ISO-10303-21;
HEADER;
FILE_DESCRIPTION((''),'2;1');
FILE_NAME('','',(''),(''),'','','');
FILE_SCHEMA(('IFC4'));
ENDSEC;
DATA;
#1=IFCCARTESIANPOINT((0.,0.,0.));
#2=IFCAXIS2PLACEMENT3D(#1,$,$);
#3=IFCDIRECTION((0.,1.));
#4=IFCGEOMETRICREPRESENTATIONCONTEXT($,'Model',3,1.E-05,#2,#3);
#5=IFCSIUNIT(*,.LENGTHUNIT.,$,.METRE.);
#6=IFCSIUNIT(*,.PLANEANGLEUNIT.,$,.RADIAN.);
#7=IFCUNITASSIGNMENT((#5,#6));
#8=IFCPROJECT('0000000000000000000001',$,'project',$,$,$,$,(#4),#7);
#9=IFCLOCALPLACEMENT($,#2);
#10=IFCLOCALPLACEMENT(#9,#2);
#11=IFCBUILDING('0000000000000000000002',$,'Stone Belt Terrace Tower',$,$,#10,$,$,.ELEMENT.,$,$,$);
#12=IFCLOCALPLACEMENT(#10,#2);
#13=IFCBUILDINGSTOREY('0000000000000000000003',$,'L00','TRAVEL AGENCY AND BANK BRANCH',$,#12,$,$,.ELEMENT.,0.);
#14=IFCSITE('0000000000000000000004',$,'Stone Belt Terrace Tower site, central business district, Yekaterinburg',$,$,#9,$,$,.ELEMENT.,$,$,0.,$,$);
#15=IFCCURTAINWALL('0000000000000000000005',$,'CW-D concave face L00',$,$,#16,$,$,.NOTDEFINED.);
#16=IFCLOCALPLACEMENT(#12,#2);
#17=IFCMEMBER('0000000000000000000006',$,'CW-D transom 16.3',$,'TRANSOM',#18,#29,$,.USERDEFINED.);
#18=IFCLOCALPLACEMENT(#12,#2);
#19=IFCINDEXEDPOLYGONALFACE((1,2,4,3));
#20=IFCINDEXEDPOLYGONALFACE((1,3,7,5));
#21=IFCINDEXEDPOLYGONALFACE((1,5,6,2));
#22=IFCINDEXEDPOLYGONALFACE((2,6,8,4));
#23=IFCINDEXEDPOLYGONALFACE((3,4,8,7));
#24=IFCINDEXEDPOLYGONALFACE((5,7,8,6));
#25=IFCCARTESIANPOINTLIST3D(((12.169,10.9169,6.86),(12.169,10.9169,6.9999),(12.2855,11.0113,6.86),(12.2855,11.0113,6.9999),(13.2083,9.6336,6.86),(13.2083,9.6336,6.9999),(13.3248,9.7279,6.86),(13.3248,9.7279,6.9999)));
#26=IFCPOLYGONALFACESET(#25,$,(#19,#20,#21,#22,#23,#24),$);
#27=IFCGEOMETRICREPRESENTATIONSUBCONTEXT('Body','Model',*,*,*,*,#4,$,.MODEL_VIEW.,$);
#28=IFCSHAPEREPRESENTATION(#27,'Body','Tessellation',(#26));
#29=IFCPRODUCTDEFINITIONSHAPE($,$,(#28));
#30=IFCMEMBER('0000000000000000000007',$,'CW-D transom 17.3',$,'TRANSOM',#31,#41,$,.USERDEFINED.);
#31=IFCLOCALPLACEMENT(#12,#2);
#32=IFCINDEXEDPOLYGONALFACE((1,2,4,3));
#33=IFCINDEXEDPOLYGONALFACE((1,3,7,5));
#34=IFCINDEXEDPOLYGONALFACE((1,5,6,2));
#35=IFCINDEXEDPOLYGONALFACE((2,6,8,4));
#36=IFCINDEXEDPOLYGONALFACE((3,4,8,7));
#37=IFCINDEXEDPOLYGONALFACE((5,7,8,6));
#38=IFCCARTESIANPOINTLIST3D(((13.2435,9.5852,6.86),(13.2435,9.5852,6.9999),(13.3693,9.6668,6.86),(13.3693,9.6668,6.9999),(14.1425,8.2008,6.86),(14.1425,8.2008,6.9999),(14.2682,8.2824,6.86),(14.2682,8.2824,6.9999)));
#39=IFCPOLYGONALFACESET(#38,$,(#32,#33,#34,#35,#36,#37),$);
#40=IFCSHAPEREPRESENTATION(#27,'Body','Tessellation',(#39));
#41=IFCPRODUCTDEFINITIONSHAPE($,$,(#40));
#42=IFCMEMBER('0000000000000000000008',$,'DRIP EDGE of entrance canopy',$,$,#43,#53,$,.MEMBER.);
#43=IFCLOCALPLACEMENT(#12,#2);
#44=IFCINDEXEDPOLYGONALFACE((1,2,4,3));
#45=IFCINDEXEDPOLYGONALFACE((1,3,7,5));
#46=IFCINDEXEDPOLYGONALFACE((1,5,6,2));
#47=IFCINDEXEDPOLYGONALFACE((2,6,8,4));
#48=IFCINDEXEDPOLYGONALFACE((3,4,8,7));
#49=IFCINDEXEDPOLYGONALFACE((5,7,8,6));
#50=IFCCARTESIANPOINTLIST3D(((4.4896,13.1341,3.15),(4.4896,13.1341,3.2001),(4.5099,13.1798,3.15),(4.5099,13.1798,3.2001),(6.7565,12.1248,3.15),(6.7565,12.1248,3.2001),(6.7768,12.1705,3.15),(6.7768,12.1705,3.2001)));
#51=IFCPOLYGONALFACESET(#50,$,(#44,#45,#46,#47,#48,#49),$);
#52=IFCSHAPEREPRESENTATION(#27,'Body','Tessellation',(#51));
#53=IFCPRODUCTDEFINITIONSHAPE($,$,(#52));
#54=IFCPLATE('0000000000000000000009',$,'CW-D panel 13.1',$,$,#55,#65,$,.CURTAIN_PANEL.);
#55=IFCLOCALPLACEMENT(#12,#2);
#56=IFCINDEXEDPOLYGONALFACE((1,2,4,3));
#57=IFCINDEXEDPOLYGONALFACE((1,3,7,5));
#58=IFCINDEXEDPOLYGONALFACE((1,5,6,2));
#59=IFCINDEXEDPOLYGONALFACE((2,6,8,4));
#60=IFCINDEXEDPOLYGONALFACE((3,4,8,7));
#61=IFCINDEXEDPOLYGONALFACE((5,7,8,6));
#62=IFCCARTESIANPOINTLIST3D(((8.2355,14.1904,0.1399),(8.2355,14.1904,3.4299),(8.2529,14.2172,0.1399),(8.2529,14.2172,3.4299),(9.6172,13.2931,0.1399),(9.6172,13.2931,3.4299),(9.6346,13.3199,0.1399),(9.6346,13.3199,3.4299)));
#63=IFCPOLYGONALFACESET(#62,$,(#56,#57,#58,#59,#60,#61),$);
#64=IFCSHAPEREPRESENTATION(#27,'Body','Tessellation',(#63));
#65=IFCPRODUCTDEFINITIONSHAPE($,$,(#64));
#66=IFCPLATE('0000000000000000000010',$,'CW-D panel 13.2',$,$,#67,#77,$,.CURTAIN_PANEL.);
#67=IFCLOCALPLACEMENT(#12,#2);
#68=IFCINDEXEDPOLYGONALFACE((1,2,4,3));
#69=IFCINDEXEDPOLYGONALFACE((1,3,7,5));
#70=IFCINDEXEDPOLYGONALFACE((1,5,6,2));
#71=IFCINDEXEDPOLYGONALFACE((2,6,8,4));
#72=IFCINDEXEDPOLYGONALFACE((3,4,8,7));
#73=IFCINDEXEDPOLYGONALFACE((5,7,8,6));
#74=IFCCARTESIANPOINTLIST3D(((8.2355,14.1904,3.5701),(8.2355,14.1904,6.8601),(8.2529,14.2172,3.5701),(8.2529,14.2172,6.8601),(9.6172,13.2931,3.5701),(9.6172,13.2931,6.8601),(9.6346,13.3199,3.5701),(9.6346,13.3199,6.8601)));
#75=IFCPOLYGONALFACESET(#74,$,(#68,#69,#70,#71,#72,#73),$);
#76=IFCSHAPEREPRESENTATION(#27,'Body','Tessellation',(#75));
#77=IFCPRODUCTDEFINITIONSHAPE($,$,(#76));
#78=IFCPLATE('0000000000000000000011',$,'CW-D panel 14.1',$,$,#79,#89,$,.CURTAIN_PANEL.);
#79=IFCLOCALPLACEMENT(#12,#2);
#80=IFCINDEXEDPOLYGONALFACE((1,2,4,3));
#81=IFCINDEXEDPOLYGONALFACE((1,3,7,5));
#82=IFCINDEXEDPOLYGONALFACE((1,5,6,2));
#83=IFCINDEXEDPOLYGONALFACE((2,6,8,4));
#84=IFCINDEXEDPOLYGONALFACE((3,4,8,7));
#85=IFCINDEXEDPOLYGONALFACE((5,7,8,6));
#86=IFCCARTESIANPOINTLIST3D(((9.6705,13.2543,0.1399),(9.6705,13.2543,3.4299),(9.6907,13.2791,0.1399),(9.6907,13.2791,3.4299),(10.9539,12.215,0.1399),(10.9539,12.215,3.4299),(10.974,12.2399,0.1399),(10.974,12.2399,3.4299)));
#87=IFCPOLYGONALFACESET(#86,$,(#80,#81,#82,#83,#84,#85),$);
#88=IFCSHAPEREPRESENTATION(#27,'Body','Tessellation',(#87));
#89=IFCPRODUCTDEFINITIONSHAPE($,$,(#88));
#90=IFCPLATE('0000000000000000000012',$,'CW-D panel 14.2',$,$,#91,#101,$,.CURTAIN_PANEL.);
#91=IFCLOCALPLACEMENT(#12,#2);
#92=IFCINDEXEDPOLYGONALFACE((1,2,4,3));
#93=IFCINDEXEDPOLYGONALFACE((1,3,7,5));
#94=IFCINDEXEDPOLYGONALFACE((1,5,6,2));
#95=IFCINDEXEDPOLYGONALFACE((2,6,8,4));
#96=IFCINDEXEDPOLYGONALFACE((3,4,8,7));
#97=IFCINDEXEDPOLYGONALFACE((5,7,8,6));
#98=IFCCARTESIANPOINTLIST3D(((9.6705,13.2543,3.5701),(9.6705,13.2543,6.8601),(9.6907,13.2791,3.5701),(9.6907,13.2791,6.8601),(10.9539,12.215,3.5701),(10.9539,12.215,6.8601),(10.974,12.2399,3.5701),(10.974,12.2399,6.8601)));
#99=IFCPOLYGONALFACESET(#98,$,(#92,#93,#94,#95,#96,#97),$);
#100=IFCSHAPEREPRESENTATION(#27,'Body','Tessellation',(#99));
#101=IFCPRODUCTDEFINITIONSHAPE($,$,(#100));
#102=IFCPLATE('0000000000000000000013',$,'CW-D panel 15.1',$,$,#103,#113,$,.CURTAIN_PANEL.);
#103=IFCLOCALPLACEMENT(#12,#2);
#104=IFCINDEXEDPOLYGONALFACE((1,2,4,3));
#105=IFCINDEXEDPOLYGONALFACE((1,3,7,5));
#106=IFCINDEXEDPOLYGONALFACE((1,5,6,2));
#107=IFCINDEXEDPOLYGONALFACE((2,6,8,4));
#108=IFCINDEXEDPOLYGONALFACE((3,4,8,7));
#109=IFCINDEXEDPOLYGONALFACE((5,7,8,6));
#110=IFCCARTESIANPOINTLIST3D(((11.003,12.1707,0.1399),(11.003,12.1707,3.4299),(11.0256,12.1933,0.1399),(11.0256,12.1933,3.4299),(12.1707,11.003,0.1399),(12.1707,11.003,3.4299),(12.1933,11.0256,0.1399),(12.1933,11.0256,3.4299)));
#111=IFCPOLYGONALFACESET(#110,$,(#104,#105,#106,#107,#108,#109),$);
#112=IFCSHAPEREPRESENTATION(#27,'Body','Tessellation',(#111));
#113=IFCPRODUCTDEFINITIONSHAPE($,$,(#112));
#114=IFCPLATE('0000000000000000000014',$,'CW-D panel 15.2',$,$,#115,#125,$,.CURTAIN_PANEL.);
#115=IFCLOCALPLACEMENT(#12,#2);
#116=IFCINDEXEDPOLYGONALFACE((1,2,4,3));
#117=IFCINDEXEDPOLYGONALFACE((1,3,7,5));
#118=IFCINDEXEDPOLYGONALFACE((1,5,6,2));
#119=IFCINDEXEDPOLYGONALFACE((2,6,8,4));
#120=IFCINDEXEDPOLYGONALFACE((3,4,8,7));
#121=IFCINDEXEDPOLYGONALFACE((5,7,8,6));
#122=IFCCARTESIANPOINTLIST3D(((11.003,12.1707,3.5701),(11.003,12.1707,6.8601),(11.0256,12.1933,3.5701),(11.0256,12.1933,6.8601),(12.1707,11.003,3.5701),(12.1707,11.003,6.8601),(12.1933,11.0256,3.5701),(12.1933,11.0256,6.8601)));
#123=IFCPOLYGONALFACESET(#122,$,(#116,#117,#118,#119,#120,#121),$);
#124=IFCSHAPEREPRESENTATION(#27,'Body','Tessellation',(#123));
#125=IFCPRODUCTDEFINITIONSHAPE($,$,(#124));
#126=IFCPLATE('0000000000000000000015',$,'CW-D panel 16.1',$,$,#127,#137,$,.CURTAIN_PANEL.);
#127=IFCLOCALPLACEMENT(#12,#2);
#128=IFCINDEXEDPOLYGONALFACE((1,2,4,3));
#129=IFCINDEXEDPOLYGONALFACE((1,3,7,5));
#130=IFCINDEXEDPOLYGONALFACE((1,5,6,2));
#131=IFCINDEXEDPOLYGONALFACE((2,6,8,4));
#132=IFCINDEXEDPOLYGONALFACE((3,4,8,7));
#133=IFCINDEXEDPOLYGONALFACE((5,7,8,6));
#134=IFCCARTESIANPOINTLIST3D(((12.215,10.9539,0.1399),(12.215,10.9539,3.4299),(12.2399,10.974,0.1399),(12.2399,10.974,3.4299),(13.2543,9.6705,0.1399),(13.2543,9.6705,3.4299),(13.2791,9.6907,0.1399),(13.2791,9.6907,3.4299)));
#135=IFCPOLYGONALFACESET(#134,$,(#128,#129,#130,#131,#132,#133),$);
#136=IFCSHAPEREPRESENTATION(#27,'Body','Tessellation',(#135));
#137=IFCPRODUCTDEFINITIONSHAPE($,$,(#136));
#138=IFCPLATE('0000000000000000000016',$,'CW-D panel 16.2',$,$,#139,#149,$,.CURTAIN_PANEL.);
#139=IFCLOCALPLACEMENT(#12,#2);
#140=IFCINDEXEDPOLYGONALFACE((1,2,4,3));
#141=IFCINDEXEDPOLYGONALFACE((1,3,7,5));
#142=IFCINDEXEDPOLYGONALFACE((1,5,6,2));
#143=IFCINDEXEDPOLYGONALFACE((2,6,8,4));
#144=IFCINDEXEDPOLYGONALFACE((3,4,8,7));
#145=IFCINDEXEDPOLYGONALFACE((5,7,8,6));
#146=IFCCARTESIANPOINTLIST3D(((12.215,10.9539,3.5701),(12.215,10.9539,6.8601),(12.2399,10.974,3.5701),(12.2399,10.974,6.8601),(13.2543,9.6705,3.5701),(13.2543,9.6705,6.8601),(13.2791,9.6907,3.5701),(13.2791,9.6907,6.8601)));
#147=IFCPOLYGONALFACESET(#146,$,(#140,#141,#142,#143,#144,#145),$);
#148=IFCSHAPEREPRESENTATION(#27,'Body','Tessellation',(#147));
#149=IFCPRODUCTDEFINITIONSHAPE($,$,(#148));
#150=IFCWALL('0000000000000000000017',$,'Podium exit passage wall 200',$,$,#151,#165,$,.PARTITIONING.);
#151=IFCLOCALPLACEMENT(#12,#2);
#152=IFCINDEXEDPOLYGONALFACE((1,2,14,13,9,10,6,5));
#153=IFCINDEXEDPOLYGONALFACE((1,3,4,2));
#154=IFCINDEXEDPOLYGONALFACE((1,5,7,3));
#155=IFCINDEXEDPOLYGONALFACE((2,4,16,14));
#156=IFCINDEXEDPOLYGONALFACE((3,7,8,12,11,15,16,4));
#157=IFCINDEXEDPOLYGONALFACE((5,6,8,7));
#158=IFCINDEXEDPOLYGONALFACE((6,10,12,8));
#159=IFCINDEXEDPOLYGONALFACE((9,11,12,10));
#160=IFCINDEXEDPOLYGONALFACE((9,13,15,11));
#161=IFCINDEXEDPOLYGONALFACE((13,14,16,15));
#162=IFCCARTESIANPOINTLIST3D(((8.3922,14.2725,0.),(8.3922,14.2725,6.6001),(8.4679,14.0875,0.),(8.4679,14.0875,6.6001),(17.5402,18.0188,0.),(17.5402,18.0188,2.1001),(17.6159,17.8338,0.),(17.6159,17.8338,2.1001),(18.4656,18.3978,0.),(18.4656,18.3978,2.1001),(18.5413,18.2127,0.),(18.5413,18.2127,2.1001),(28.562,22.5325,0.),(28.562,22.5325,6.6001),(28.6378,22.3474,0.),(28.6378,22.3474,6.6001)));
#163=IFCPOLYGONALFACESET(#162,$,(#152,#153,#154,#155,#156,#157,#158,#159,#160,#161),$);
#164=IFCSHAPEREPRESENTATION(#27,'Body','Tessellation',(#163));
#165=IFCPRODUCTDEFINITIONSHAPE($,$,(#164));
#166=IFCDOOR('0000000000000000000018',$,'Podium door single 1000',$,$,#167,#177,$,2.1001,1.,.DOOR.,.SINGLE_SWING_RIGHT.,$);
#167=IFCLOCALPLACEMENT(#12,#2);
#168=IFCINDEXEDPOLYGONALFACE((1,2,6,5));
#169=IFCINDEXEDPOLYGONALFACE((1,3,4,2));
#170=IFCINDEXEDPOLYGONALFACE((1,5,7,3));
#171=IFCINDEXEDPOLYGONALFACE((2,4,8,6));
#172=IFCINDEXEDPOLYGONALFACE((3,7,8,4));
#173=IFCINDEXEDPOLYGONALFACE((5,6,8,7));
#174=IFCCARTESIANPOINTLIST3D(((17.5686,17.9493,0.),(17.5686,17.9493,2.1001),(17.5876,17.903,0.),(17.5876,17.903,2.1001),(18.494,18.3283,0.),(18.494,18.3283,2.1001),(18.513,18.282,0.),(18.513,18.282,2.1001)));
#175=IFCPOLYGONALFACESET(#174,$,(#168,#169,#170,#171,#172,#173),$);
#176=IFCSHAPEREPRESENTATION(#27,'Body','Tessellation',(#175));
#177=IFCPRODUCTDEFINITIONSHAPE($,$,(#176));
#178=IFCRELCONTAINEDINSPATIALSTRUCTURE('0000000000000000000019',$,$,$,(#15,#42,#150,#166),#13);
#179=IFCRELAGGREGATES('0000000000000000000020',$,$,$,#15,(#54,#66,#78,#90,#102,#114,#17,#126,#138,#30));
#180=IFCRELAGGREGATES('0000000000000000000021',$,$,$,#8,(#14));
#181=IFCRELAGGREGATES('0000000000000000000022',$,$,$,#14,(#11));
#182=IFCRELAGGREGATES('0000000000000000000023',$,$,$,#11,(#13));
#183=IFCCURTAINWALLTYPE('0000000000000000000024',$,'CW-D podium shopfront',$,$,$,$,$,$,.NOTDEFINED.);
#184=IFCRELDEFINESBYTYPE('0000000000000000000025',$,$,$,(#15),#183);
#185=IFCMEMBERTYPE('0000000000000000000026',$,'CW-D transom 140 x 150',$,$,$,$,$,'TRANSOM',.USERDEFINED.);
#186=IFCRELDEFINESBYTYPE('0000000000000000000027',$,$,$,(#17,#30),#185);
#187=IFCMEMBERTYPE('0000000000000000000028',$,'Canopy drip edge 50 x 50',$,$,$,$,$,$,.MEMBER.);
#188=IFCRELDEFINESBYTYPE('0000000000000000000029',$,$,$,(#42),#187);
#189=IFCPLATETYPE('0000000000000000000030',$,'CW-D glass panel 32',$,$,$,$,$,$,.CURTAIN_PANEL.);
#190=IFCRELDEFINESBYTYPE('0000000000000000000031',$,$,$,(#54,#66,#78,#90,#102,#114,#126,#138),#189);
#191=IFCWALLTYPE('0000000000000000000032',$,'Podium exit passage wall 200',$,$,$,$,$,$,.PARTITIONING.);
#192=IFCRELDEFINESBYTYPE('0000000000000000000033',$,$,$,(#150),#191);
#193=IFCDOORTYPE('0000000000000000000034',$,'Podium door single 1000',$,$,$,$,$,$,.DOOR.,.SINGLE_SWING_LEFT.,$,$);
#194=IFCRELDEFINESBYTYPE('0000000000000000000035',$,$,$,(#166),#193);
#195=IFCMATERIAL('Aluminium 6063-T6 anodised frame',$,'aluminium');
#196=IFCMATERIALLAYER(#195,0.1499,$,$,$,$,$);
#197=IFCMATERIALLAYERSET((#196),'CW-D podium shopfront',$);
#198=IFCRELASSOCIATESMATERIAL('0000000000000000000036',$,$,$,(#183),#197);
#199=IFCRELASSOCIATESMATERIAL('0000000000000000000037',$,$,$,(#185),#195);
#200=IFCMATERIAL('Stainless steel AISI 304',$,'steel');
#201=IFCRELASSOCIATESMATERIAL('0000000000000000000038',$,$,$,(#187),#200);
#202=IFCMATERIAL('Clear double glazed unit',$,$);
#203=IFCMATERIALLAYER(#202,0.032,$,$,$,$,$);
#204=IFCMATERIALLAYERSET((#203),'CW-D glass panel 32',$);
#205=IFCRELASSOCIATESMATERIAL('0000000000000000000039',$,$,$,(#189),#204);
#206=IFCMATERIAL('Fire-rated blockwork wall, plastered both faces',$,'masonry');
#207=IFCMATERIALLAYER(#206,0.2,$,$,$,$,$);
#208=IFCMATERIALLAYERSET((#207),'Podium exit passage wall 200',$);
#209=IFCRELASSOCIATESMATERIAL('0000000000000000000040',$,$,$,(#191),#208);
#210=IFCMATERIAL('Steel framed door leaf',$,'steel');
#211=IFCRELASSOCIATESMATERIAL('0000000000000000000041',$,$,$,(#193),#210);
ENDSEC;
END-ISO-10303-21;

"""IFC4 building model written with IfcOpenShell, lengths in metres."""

from ifc_helpers import new_model, si_unit, direction, frame, frame_2d, origin, origin_2d, place, context, subcontext, project, spatial, rectangle, extrude, material, layer, layer_set, material_profile, profile_set, type_object, element, fill, aggregate, save


model = new_model("IFC4")

# Units and contexts
model_context = context("Model", 3, precision=1e-05, world=origin(), true_north=direction((0.0, 1.0)))
body_context = subcontext(model_context, "Body", "Model", "MODEL_VIEW")
ifc_project = project(units=[si_unit("LENGTHUNIT", "METRE"), si_unit("PLANEANGLEUNIT", "RADIAN")], contexts=[model_context])

# Site, building, storey
site_placement = place(None, origin())
site = spatial("IfcSite", under=ifc_project, at=site_placement, Name="Stone Belt Terrace Tower site, central business district, Yekaterinburg", CompositionType="ELEMENT", RefElevation=0.0)
building_placement = place(site_placement, origin())
building = spatial("IfcBuilding", under=site, at=building_placement, Name="Stone Belt Terrace Tower", CompositionType="ELEMENT")
storey_placement = place(building_placement, origin())
storey = spatial("IfcBuildingStorey", under=building, at=storey_placement, Name="L00", Description="TRAVEL AGENCY AND BANK BRANCH", CompositionType="ELEMENT", Elevation=0.0)

# Curtain wall, members
ifc_material_1 = material(Name="Aluminium 6063-T6 anodised frame", Category="aluminium")
ifc_layer_1 = layer(ifc_material_1, 0.1499)
ifc_layer_set_1 = layer_set([ifc_layer_1], Name="CW-D podium shopfront")
curtain_wall_type = type_object("IfcCurtainWallType", Name="CW-D podium shopfront", PredefinedType="NOTDEFINED", material=ifc_layer_set_1)
curtain_wall_placement = place(storey_placement, origin())
curtain_wall = element("IfcCurtainWall", 1, at=curtain_wall_placement, inside=storey, type_object=curtain_wall_type, Name="CW-D concave face L00", PredefinedType="NOTDEFINED")
ifc_material_profile_1 = material_profile(ifc_material_1, rectangle(XDim=0.1499, YDim=0.1399, at=origin_2d()), Name="Aluminium 6063-T6 150x140")
ifc_profile_set_1 = profile_set([ifc_material_profile_1], Name="Aluminium 6063-T6 anodised frame")
member_type_1 = type_object("IfcMemberType", Name="CW-D transom 140 x 150", ElementType="TRANSOM", PredefinedType="USERDEFINED", material=ifc_profile_set_1)
member_1_placement = place(storey_placement, frame((12.2273, 10.9641, 6.9299), z_axis=(0.629317, -0.777148, 0.0), x_axis=(0.777148, 0.629317, 0.0)))
member_1 = element("IfcMember", 2, at=member_1_placement, type_object=member_type_1, Name="CW-D transom 16.3", ObjectType="TRANSOM", PredefinedType="USERDEFINED", context=body_context, shape_type="SweptSolid", body=[
    extrude(rectangle(XDim=0.1499, YDim=0.1399, at=origin_2d()), origin(), (0.0, 0.0, 1.0), 1.6514),
])
member_2_placement = place(storey_placement, frame((13.3064, 9.626, 6.9299), z_axis=(0.544624, -0.83868, 0.0), x_axis=(0.83868, 0.544624, 0.0)))
member_2 = element("IfcMember", 3, at=member_2_placement, type_object=member_type_1, Name="CW-D transom 17.3", ObjectType="TRANSOM", PredefinedType="USERDEFINED", context=body_context, shape_type="SweptSolid", body=[
    extrude(rectangle(XDim=0.1499, YDim=0.1399, at=origin_2d()), origin(), (0.0, 0.0, 1.0), 1.6506),
])

# Member
ifc_material_2 = material(Name="Stainless steel AISI 304", Category="steel")
ifc_material_profile_2 = material_profile(ifc_material_2, rectangle(XDim=0.05, YDim=0.05, at=origin_2d()), Name="Stainless steel AISI 304 50x50")
ifc_profile_set_2 = profile_set([ifc_material_profile_2], Name="Stainless steel AISI 304")
member_type_2 = type_object("IfcMemberType", Name="Canopy drip edge 50 x 50", PredefinedType="MEMBER", material=ifc_profile_set_2)
member_3_placement = place(storey_placement, frame((4.4998, 13.157, 3.175), z_axis=(0.913544, -0.406741, 0.0), x_axis=(0.406741, 0.913544, 0.0)))
element("IfcMember", 4, at=member_3_placement, inside=storey, type_object=member_type_2, Name="DRIP EDGE of entrance canopy", PredefinedType="MEMBER", context=body_context, shape_type="SweptSolid", body=[
    extrude(rectangle(XDim=0.05, YDim=0.05, at=origin_2d()), origin(), (0.0, 0.0, 1.0), 2.4814),
])

# Plates
ifc_material_3 = material(Name="Clear double glazed unit")
ifc_layer_2 = layer(ifc_material_3, 0.032)
ifc_layer_set_2 = layer_set([ifc_layer_2], Name="CW-D glass panel 32")
plate_type = type_object("IfcPlateType", Name="CW-D glass panel 32", PredefinedType="CURTAIN_PANEL", material=ifc_layer_set_2)
plate_1_placement = place(storey_placement, frame((8.9351, 13.7551, 0.1399), z_axis=(0.0, 0.0, 1.0), x_axis=(0.838671, -0.544639, 0.0)))
plate_1 = element("IfcPlate", 5, at=plate_1_placement, type_object=plate_type, Name="CW-D panel 13.1", PredefinedType="CURTAIN_PANEL", context=body_context, shape_type="SweptSolid", body=[
    extrude(rectangle(XDim=1.6475, YDim=0.032, at=origin_2d()), origin(), (0.0, 0.0, 1.0), 3.29),
])
plate_2_placement = place(storey_placement, frame((8.9351, 13.7551, 3.5701), z_axis=(0.0, 0.0, 1.0), x_axis=(0.838671, -0.544639, 0.0)))
plate_2 = element("IfcPlate", 6, at=plate_2_placement, type_object=plate_type, Name="CW-D panel 13.2", PredefinedType="CURTAIN_PANEL", context=body_context, shape_type="SweptSolid", body=[
    extrude(rectangle(XDim=1.6475, YDim=0.032, at=origin_2d()), origin(), (0.0, 0.0, 1.0), 3.29),
])
plate_3_placement = place(storey_placement, frame((10.3223, 12.7471, 0.1399), z_axis=(0.0, 0.0, 1.0), x_axis=(0.777146, -0.62932, 0.0)))
plate_3 = element("IfcPlate", 7, at=plate_3_placement, type_object=plate_type, Name="CW-D panel 14.1", PredefinedType="CURTAIN_PANEL", context=body_context, shape_type="SweptSolid", body=[
    extrude(rectangle(XDim=1.6514, YDim=0.032, at=origin_2d()), origin(), (0.0, 0.0, 1.0), 3.29),
])
plate_4_placement = place(storey_placement, frame((10.3223, 12.7471, 3.5701), z_axis=(0.0, 0.0, 1.0), x_axis=(0.777146, -0.62932, 0.0)))
plate_4 = element("IfcPlate", 8, at=plate_4_placement, type_object=plate_type, Name="CW-D panel 14.2", PredefinedType="CURTAIN_PANEL", context=body_context, shape_type="SweptSolid", body=[
    extrude(rectangle(XDim=1.6514, YDim=0.032, at=origin_2d()), origin(), (0.0, 0.0, 1.0), 3.29),
])
plate_5_placement = place(storey_placement, frame((11.5981, 11.5981, 0.1399), z_axis=(0.0, 0.0, 1.0), x_axis=(0.707107, -0.707107, 0.0)))
plate_5 = element("IfcPlate", 9, at=plate_5_placement, type_object=plate_type, Name="CW-D panel 15.1", PredefinedType="CURTAIN_PANEL", context=body_context, shape_type="SweptSolid", body=[
    extrude(rectangle(XDim=1.6514, YDim=0.032, at=origin_2d()), origin(), (0.0, 0.0, 1.0), 3.29),
])
plate_6_placement = place(storey_placement, frame((11.5981, 11.5981, 3.5701), z_axis=(0.0, 0.0, 1.0), x_axis=(0.707107, -0.707107, 0.0)))
plate_6 = element("IfcPlate", 10, at=plate_6_placement, type_object=plate_type, Name="CW-D panel 15.2", PredefinedType="CURTAIN_PANEL", context=body_context, shape_type="SweptSolid", body=[
    extrude(rectangle(XDim=1.6514, YDim=0.032, at=origin_2d()), origin(), (0.0, 0.0, 1.0), 3.29),
])
plate_7_placement = place(storey_placement, frame((12.7471, 10.3223, 0.1399), z_axis=(0.0, 0.0, 1.0), x_axis=(0.62932, -0.777146, 0.0)))
plate_7 = element("IfcPlate", 11, at=plate_7_placement, type_object=plate_type, Name="CW-D panel 16.1", PredefinedType="CURTAIN_PANEL", context=body_context, shape_type="SweptSolid", body=[
    extrude(rectangle(XDim=1.6514, YDim=0.032, at=origin_2d()), origin(), (0.0, 0.0, 1.0), 3.29),
])
plate_8_placement = place(storey_placement, frame((12.7471, 10.3223, 3.5701), z_axis=(0.0, 0.0, 1.0), x_axis=(0.62932, -0.777146, 0.0)))
plate_8 = element("IfcPlate", 12, at=plate_8_placement, type_object=plate_type, Name="CW-D panel 16.2", PredefinedType="CURTAIN_PANEL", context=body_context, shape_type="SweptSolid", body=[
    extrude(rectangle(XDim=1.6514, YDim=0.032, at=origin_2d()), origin(), (0.0, 0.0, 1.0), 3.29),
])
aggregate(curtain_wall, [plate_1, plate_2, plate_3, plate_4, plate_5, plate_6, member_1, plate_7, plate_8, member_2])

# Wall, opening, door
ifc_material_4 = material(Name="Fire-rated blockwork wall, plastered both faces", Category="masonry")
ifc_layer_3 = layer(ifc_material_4, 0.2)
ifc_layer_set_3 = layer_set([ifc_layer_3], Name="Podium exit passage wall 200")
wall_type = type_object("IfcWallType", Name="Podium exit passage wall 200", PredefinedType="PARTITIONING", material=ifc_layer_set_3)
wall_placement = place(storey_placement, frame((8.4299, 14.1799, 0.0), z_axis=(0.0, 0.0, 1.0), x_axis=(0.925407, 0.378974, 0.0)))
wall = element("IfcWall", 13, at=wall_placement, inside=storey, type_object=wall_type, Name="Podium exit passage wall 200", PredefinedType="PARTITIONING", context=body_context, shape_type="SweptSolid", body=[
    extrude(rectangle(XDim=21.7957, YDim=0.2, at=frame_2d((10.8979, 0.0))), origin(), (0.0, 0.0, 1.0), 6.6001),
])
opening_placement = place(wall_placement, frame((9.8855, 0.0, 0.0)))
opening = element("IfcOpeningElement", 14, at=opening_placement, cuts=wall, PredefinedType="OPENING", context=body_context, shape_type="SweptSolid", body=[
    extrude(rectangle(XDim=1.0, YDim=2.1001, at=frame_2d((0.5, 1.05))), frame((0.0, 0.1099, 0.0), z_axis=(0.0, -1.0, 0.0), x_axis=(1.0, 0.0, 0.0)), (0.0, 0.0, 1.0), 0.22),
])
ifc_material_5 = material(Name="Steel framed door leaf", Category="steel")
door_type = type_object("IfcDoorType", Name="Podium door single 1000", OperationType="SINGLE_SWING_LEFT", PredefinedType="DOOR", material=ifc_material_5)
door_placement = place(opening_placement, origin())
door = element("IfcDoor", 15, at=door_placement, inside=storey, type_object=door_type, Name="Podium door single 1000", OperationType="SINGLE_SWING_RIGHT", OverallHeight=2.1001, OverallWidth=1.0, PredefinedType="DOOR", context=body_context, shape_type="SweptSolid", body=[
    extrude(rectangle(XDim=1.0, YDim=2.1001, at=frame_2d((0.5, 1.05))), frame((0.0, 0.0249, 0.0), z_axis=(0.0, -1.0, 0.0), x_axis=(1.0, 0.0, 0.0)), (0.0, 0.0, 1.0), 0.05),
])
fill(opening, door)

save(model, "model.ifc")
